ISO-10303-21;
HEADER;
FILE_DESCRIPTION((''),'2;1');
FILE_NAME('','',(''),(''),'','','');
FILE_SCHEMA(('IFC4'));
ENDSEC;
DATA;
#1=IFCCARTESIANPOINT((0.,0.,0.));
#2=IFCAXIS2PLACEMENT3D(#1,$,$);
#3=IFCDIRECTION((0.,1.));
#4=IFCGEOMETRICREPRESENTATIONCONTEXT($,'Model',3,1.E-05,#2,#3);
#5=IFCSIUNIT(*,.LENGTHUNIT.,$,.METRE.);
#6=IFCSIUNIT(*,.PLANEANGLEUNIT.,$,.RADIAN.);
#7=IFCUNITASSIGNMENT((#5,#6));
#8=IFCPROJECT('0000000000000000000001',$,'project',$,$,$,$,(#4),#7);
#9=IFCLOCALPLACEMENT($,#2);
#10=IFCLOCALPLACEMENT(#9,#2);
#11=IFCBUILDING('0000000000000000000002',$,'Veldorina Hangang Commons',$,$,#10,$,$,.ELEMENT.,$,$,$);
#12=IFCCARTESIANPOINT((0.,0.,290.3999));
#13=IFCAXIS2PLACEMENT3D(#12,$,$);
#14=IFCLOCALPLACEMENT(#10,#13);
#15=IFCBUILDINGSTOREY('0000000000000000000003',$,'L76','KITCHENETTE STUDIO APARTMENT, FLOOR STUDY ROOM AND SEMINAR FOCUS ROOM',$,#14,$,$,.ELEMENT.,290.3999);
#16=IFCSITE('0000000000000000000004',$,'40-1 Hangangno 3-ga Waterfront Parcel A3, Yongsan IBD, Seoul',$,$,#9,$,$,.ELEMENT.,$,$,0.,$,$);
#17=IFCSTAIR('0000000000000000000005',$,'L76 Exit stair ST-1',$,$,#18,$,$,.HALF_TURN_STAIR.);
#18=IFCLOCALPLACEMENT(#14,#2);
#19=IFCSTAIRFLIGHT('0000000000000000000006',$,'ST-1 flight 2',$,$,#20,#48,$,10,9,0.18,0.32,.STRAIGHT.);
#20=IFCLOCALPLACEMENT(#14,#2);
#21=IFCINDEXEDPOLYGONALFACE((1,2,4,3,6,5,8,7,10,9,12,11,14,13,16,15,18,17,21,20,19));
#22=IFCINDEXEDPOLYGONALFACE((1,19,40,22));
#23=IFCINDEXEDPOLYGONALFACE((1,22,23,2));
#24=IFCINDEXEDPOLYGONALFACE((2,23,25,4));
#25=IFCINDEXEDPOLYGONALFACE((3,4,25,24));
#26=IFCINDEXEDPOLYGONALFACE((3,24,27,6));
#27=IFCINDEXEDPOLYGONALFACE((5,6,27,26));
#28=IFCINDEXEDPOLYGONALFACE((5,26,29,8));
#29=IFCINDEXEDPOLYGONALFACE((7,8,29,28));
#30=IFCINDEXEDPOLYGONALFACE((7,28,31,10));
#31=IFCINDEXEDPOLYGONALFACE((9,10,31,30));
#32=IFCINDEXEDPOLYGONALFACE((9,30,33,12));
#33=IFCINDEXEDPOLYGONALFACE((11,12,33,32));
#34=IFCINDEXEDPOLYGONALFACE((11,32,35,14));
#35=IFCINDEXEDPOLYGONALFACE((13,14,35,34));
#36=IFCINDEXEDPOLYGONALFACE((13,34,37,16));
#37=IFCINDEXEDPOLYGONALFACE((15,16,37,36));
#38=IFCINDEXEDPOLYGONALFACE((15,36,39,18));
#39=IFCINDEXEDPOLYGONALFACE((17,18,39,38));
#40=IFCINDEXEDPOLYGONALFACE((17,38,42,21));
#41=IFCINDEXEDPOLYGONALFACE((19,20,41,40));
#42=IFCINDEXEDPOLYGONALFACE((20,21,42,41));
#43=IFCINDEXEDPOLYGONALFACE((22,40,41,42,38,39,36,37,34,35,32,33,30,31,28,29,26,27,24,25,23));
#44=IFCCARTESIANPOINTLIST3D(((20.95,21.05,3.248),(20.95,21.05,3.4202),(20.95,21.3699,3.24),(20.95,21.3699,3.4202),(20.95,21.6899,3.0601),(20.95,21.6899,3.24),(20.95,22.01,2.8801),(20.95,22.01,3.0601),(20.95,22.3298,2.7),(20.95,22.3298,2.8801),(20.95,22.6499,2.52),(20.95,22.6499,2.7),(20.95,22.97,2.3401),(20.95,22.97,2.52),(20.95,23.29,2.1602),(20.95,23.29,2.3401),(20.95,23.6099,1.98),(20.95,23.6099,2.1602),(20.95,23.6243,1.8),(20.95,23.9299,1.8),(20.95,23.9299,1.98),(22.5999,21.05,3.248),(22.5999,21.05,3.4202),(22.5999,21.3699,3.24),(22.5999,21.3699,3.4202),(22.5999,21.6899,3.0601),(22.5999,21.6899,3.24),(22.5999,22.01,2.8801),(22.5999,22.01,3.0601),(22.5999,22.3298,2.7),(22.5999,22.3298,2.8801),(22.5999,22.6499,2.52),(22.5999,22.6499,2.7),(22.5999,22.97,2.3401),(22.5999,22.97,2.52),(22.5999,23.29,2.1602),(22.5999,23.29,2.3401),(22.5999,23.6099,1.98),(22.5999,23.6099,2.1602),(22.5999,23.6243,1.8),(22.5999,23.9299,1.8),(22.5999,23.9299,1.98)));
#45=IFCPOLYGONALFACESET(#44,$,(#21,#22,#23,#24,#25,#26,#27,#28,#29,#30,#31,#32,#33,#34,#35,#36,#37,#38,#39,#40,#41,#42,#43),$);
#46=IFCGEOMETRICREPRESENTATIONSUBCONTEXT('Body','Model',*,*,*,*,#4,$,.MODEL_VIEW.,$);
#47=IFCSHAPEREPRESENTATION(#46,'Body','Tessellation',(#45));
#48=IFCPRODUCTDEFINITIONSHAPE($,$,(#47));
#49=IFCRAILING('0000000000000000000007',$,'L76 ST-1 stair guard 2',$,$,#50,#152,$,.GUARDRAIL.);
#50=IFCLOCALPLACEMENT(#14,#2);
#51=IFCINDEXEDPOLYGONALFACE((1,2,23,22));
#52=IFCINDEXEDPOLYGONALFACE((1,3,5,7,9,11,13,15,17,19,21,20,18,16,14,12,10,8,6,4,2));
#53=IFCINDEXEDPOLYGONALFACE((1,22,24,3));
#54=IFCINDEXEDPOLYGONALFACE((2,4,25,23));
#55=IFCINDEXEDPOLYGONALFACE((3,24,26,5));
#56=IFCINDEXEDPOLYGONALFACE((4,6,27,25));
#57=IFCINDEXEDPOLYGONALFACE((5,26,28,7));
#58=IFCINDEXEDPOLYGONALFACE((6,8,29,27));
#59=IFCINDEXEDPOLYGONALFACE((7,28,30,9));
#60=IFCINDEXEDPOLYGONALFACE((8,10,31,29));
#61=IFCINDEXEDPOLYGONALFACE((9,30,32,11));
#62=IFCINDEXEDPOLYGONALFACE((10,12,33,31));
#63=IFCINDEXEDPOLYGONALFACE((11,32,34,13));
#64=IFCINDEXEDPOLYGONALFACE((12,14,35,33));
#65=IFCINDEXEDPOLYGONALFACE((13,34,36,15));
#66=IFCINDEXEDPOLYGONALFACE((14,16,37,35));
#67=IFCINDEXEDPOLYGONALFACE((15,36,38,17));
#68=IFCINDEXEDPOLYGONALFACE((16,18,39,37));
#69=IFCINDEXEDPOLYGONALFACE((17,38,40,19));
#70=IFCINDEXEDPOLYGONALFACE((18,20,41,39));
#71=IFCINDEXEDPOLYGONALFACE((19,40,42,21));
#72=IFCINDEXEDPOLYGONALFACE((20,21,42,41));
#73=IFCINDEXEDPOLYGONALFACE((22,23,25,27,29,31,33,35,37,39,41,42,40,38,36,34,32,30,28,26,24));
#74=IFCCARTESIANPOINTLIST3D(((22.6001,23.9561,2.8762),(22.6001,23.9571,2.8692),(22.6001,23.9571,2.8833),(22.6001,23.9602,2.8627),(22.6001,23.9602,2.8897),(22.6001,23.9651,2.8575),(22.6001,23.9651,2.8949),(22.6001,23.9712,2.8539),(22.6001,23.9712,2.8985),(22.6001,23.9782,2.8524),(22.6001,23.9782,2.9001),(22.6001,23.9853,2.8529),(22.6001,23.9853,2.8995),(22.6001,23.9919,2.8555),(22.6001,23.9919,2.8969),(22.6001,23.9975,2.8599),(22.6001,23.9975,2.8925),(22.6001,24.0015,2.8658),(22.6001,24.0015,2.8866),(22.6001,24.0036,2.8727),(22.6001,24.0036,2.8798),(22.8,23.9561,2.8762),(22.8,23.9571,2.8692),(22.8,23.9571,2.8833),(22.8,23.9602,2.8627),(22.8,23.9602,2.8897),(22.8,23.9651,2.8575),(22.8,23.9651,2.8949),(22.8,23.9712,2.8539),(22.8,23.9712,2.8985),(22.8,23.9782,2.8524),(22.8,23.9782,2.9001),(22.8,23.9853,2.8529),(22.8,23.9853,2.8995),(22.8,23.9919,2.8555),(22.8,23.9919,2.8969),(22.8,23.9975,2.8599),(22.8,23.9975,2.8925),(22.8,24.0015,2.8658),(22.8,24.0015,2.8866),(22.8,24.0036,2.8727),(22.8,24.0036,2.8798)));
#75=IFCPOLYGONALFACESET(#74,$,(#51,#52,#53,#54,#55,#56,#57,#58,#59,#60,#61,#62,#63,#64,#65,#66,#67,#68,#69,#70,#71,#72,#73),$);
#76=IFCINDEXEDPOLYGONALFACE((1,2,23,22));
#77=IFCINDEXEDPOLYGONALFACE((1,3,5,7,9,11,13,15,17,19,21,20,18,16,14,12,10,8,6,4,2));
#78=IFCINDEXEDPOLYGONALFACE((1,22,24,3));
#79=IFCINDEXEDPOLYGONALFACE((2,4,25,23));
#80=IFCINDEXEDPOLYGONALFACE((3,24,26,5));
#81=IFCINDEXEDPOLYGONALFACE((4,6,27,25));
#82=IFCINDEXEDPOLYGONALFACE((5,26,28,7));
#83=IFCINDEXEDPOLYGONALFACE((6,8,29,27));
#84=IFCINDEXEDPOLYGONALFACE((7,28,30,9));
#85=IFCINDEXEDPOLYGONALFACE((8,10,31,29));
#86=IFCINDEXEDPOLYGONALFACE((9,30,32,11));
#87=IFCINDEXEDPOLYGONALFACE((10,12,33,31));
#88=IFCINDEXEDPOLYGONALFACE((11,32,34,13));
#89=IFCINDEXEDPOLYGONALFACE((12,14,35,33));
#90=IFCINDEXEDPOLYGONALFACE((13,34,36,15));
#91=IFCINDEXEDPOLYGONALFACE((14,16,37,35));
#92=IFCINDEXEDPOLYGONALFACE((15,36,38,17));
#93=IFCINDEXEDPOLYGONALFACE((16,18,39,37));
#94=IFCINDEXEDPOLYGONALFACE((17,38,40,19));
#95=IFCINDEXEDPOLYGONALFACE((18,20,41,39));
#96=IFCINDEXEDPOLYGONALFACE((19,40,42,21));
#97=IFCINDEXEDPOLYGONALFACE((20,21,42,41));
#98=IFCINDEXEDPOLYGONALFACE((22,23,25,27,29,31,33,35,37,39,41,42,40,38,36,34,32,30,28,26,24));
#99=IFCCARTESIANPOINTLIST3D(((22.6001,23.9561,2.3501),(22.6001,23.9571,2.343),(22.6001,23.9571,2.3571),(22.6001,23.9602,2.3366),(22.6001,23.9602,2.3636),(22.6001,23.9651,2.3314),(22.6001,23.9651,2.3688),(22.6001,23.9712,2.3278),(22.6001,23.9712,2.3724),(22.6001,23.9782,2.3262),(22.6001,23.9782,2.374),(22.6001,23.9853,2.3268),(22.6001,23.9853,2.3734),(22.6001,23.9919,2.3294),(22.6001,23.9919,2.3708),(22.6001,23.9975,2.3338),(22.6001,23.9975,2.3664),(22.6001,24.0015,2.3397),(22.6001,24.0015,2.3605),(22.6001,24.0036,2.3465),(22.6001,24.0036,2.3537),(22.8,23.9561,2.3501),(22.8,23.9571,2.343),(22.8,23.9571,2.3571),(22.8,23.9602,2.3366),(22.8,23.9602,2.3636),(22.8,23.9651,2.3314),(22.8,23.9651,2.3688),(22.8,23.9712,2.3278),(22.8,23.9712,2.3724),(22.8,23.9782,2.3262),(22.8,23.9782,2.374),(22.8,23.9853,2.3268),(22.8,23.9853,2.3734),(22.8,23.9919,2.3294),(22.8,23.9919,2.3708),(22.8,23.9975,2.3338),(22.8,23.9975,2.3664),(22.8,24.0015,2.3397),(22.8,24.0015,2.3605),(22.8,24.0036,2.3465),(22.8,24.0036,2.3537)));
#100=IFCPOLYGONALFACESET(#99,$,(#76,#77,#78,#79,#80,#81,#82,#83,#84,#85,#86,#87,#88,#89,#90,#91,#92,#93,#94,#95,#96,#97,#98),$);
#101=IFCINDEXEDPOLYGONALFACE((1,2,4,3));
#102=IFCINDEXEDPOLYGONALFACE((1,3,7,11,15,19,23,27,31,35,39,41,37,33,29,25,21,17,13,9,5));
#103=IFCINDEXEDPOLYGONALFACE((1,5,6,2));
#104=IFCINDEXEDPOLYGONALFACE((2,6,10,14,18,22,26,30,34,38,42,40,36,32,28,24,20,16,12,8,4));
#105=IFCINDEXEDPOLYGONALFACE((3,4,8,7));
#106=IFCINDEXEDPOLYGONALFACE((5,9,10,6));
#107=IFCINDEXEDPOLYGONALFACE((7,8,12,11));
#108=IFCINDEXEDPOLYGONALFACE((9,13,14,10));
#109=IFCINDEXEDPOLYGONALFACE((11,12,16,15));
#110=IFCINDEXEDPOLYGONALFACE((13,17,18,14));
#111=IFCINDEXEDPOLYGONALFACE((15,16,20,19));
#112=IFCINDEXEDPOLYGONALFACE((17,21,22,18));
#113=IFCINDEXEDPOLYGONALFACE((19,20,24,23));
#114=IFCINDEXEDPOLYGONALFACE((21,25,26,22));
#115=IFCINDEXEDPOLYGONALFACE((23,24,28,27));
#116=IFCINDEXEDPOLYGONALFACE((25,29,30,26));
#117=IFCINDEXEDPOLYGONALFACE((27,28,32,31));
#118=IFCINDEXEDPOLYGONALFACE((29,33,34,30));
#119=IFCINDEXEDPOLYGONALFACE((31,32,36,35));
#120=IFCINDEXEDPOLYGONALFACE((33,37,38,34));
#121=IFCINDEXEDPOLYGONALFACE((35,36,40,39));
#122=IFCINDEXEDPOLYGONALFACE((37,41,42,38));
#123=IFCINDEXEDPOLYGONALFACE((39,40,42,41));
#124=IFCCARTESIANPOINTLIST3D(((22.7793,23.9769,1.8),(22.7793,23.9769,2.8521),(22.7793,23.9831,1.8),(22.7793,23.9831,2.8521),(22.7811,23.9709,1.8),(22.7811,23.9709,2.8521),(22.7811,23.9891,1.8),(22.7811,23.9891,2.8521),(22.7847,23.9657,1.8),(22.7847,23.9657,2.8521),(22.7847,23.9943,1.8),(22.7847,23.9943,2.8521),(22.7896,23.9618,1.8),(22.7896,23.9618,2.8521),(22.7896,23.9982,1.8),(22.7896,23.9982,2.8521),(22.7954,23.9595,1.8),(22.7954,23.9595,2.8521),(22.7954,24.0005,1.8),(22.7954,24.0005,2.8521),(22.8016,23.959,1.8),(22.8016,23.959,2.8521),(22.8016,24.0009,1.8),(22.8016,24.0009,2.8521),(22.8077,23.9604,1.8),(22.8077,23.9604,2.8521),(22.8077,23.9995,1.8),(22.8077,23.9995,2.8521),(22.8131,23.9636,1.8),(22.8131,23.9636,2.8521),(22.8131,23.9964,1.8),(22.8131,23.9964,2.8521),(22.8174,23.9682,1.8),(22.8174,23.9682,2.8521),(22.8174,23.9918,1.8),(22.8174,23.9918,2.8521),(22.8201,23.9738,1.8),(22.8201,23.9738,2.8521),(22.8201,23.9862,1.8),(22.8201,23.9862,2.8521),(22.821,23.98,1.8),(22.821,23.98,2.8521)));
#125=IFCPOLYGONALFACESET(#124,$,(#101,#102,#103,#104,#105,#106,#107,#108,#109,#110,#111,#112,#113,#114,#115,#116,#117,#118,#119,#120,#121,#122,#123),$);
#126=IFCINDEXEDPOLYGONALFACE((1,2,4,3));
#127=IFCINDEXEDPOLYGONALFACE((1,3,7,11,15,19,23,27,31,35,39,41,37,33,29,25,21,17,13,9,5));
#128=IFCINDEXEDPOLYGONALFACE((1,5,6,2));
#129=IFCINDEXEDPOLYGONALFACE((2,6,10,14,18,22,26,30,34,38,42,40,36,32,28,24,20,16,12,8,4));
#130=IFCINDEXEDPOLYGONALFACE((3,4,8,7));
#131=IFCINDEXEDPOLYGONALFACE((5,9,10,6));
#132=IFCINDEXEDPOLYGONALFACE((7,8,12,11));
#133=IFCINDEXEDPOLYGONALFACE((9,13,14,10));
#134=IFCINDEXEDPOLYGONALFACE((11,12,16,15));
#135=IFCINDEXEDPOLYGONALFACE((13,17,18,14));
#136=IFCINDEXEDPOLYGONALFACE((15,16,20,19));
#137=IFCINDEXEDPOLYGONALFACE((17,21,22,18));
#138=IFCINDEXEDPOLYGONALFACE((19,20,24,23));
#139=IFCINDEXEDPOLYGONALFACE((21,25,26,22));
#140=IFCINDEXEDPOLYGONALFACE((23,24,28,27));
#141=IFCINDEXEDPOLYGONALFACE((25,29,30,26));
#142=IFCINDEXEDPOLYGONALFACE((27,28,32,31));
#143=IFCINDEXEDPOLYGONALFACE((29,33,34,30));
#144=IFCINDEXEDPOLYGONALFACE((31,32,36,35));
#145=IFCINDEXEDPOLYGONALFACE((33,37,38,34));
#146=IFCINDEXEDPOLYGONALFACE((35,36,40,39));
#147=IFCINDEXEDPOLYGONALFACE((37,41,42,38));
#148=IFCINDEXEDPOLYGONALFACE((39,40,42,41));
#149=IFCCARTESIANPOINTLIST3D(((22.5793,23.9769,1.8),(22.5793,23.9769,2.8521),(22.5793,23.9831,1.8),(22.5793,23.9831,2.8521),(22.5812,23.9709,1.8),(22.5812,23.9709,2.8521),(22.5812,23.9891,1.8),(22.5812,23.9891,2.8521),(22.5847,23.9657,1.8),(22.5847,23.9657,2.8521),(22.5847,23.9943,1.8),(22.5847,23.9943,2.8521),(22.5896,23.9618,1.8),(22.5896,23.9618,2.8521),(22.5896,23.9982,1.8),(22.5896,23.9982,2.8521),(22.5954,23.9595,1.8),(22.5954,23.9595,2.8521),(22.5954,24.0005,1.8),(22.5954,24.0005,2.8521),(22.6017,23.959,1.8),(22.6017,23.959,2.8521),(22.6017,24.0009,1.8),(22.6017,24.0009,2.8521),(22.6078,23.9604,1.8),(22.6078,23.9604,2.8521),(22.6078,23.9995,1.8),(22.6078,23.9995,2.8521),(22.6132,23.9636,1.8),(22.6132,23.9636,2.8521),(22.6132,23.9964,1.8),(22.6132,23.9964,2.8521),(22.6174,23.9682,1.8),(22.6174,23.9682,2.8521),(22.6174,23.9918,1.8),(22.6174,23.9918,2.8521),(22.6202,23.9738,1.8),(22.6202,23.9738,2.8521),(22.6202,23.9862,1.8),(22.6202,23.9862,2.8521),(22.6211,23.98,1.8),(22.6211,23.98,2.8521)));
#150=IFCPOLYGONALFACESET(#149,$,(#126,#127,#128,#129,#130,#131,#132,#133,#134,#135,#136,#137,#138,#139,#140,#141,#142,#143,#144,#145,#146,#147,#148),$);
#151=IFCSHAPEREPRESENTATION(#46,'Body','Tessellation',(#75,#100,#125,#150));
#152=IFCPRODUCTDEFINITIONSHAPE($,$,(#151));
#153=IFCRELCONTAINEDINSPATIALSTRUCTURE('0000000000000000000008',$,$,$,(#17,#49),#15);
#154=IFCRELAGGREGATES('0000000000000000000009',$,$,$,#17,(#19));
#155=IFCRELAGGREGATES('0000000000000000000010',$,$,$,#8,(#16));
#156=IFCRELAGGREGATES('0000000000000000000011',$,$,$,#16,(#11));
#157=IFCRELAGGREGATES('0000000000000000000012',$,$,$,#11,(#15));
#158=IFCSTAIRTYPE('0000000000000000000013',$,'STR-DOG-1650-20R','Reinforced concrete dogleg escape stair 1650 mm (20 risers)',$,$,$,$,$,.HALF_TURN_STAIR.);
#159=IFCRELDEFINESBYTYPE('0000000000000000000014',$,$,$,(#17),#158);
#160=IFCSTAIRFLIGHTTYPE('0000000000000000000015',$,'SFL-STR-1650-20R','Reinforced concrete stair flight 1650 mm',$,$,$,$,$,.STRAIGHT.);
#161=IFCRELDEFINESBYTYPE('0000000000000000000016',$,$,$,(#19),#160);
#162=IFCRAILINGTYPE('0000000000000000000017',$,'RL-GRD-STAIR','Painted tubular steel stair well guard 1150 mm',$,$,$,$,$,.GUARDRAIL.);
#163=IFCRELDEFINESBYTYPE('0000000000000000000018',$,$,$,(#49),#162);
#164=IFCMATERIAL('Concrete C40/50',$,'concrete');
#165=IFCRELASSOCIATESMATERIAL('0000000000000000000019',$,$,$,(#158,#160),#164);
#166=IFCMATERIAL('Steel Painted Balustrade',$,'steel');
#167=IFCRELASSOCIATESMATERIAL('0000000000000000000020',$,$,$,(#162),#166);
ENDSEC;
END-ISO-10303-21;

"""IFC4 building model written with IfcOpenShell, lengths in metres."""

from ifc_helpers import new_model, si_unit, direction, frame, origin, origin_2d, place, context, subcontext, project, spatial, polyline, circle, outline, extrude, material, type_object, element, aggregate, save


model = new_model("IFC4")

# Units and contexts
model_context = context("Model", 3, precision=1e-05, world=origin(), true_north=direction((0.0, 1.0)))
body_context = subcontext(model_context, "Body", "Model", "MODEL_VIEW")
ifc_project = project(units=[si_unit("LENGTHUNIT", "METRE"), si_unit("PLANEANGLEUNIT", "RADIAN")], contexts=[model_context])

# Site, building, storey
site_placement = place(None, origin())
site = spatial("IfcSite", under=ifc_project, at=site_placement, Name="40-1 Hangangno 3-ga Waterfront Parcel A3, Yongsan IBD, Seoul", CompositionType="ELEMENT", RefElevation=0.0)
building_placement = place(site_placement, origin())
building = spatial("IfcBuilding", under=site, at=building_placement, Name="Veldorina Hangang Commons", CompositionType="ELEMENT")
storey_placement = place(building_placement, frame((0.0, 0.0, 290.3999)))
storey = spatial("IfcBuildingStorey", under=building, at=storey_placement, Name="L76", Description="KITCHENETTE STUDIO APARTMENT, FLOOR STUDY ROOM AND SEMINAR FOCUS ROOM", CompositionType="ELEMENT", Elevation=290.3999)

# Stair, stair flight
ifc_material_1 = material(Name="Concrete C40/50", Category="concrete")
stair_type = type_object("IfcStairType", Name="STR-DOG-1650-20R", Description="Reinforced concrete dogleg escape stair 1650 mm (20 risers)", PredefinedType="HALF_TURN_STAIR", material=ifc_material_1)
stair_placement = place(storey_placement, origin())
stair = element("IfcStair", 1, at=stair_placement, inside=storey, type_object=stair_type, Name="L76 Exit stair ST-1", PredefinedType="HALF_TURN_STAIR")
stair_flight_type = type_object("IfcStairFlightType", Name="SFL-STR-1650-20R", Description="Reinforced concrete stair flight 1650 mm", PredefinedType="STRAIGHT", material=ifc_material_1)
stair_flight_placement = place(storey_placement, frame((21.7749, 23.9299, 1.8), z_axis=(0.0, 0.0, 1.0), x_axis=(0.0, -1.0, 0.0)))
stair_flight = element("IfcStairFlight", 2, at=stair_flight_placement, type_object=stair_flight_type, Name="ST-1 flight 2", NumberOfRisers=10, NumberOfTreads=9, PredefinedType="STRAIGHT", RiserHeight=0.18, TreadLength=0.32, context=body_context, shape_type="SweptSolid", body=[
    extrude(outline(polyline([(0.0, 0.0), (0.0, 0.1799), (0.3201, 0.1799), (0.3201, 0.3601), (0.6399, 0.3601), (0.6399, 0.54), (0.96, 0.54), (0.96, 0.72), (1.28, 0.72), (1.28, 0.8999), (1.6001, 0.8999), (1.6001, 1.0801), (1.9199, 1.0801), (1.9199, 1.26), (2.24, 1.26), (2.24, 1.4399), (2.5601, 1.4399), (2.5601, 1.6201), (2.8799, 1.6201), (2.8799, 1.8), (2.8799, 1.448), (0.3057, 0.0), (0.0, 0.0)])), frame((0.0, 0.825, 0.0), z_axis=(0.0, -1.0, 0.0), x_axis=(1.0, 0.0, 0.0)), (0.0, 0.0, 1.0), 1.6499),
])
aggregate(stair, [stair_flight])

# Railing
ifc_material_2 = material(Name="Steel Painted Balustrade", Category="steel")
railing_type = type_object("IfcRailingType", Name="RL-GRD-STAIR", Description="Painted tubular steel stair well guard 1150 mm", PredefinedType="GUARDRAIL", material=ifc_material_2)
railing_1_placement = place(storey_placement, frame((22.8, 23.98, 1.8)))
element("IfcRailing", 3, at=railing_1_placement, inside=storey, type_object=railing_type, Name="L76 ST-1 stair guard 2", PredefinedType="GUARDRAIL", context=body_context, shape_type="SweptSolid", body=[
    extrude(circle(Radius=0.0239, at=origin_2d()), frame((0.0, 0.0, 1.0762), z_axis=(-1.0, 0.0, 0.0), x_axis=(0.0, -1.0, 0.0)), (0.0, 0.0, 1.0), 0.2),
    extrude(circle(Radius=0.0239, at=origin_2d()), frame((0.0, 0.0, 0.55), z_axis=(-1.0, 0.0, 0.0), x_axis=(0.0, -1.0, 0.0)), (0.0, 0.0, 1.0), 0.2),
    extrude(circle(Radius=0.021, at=origin_2d()), origin(), (0.0, 0.0, 1.0), 1.052),
    extrude(circle(Radius=0.021, at=origin_2d()), frame((-0.2, 0.0, 0.0)), (0.0, 0.0, 1.0), 1.052),
])

save(model, "model.ifc")
